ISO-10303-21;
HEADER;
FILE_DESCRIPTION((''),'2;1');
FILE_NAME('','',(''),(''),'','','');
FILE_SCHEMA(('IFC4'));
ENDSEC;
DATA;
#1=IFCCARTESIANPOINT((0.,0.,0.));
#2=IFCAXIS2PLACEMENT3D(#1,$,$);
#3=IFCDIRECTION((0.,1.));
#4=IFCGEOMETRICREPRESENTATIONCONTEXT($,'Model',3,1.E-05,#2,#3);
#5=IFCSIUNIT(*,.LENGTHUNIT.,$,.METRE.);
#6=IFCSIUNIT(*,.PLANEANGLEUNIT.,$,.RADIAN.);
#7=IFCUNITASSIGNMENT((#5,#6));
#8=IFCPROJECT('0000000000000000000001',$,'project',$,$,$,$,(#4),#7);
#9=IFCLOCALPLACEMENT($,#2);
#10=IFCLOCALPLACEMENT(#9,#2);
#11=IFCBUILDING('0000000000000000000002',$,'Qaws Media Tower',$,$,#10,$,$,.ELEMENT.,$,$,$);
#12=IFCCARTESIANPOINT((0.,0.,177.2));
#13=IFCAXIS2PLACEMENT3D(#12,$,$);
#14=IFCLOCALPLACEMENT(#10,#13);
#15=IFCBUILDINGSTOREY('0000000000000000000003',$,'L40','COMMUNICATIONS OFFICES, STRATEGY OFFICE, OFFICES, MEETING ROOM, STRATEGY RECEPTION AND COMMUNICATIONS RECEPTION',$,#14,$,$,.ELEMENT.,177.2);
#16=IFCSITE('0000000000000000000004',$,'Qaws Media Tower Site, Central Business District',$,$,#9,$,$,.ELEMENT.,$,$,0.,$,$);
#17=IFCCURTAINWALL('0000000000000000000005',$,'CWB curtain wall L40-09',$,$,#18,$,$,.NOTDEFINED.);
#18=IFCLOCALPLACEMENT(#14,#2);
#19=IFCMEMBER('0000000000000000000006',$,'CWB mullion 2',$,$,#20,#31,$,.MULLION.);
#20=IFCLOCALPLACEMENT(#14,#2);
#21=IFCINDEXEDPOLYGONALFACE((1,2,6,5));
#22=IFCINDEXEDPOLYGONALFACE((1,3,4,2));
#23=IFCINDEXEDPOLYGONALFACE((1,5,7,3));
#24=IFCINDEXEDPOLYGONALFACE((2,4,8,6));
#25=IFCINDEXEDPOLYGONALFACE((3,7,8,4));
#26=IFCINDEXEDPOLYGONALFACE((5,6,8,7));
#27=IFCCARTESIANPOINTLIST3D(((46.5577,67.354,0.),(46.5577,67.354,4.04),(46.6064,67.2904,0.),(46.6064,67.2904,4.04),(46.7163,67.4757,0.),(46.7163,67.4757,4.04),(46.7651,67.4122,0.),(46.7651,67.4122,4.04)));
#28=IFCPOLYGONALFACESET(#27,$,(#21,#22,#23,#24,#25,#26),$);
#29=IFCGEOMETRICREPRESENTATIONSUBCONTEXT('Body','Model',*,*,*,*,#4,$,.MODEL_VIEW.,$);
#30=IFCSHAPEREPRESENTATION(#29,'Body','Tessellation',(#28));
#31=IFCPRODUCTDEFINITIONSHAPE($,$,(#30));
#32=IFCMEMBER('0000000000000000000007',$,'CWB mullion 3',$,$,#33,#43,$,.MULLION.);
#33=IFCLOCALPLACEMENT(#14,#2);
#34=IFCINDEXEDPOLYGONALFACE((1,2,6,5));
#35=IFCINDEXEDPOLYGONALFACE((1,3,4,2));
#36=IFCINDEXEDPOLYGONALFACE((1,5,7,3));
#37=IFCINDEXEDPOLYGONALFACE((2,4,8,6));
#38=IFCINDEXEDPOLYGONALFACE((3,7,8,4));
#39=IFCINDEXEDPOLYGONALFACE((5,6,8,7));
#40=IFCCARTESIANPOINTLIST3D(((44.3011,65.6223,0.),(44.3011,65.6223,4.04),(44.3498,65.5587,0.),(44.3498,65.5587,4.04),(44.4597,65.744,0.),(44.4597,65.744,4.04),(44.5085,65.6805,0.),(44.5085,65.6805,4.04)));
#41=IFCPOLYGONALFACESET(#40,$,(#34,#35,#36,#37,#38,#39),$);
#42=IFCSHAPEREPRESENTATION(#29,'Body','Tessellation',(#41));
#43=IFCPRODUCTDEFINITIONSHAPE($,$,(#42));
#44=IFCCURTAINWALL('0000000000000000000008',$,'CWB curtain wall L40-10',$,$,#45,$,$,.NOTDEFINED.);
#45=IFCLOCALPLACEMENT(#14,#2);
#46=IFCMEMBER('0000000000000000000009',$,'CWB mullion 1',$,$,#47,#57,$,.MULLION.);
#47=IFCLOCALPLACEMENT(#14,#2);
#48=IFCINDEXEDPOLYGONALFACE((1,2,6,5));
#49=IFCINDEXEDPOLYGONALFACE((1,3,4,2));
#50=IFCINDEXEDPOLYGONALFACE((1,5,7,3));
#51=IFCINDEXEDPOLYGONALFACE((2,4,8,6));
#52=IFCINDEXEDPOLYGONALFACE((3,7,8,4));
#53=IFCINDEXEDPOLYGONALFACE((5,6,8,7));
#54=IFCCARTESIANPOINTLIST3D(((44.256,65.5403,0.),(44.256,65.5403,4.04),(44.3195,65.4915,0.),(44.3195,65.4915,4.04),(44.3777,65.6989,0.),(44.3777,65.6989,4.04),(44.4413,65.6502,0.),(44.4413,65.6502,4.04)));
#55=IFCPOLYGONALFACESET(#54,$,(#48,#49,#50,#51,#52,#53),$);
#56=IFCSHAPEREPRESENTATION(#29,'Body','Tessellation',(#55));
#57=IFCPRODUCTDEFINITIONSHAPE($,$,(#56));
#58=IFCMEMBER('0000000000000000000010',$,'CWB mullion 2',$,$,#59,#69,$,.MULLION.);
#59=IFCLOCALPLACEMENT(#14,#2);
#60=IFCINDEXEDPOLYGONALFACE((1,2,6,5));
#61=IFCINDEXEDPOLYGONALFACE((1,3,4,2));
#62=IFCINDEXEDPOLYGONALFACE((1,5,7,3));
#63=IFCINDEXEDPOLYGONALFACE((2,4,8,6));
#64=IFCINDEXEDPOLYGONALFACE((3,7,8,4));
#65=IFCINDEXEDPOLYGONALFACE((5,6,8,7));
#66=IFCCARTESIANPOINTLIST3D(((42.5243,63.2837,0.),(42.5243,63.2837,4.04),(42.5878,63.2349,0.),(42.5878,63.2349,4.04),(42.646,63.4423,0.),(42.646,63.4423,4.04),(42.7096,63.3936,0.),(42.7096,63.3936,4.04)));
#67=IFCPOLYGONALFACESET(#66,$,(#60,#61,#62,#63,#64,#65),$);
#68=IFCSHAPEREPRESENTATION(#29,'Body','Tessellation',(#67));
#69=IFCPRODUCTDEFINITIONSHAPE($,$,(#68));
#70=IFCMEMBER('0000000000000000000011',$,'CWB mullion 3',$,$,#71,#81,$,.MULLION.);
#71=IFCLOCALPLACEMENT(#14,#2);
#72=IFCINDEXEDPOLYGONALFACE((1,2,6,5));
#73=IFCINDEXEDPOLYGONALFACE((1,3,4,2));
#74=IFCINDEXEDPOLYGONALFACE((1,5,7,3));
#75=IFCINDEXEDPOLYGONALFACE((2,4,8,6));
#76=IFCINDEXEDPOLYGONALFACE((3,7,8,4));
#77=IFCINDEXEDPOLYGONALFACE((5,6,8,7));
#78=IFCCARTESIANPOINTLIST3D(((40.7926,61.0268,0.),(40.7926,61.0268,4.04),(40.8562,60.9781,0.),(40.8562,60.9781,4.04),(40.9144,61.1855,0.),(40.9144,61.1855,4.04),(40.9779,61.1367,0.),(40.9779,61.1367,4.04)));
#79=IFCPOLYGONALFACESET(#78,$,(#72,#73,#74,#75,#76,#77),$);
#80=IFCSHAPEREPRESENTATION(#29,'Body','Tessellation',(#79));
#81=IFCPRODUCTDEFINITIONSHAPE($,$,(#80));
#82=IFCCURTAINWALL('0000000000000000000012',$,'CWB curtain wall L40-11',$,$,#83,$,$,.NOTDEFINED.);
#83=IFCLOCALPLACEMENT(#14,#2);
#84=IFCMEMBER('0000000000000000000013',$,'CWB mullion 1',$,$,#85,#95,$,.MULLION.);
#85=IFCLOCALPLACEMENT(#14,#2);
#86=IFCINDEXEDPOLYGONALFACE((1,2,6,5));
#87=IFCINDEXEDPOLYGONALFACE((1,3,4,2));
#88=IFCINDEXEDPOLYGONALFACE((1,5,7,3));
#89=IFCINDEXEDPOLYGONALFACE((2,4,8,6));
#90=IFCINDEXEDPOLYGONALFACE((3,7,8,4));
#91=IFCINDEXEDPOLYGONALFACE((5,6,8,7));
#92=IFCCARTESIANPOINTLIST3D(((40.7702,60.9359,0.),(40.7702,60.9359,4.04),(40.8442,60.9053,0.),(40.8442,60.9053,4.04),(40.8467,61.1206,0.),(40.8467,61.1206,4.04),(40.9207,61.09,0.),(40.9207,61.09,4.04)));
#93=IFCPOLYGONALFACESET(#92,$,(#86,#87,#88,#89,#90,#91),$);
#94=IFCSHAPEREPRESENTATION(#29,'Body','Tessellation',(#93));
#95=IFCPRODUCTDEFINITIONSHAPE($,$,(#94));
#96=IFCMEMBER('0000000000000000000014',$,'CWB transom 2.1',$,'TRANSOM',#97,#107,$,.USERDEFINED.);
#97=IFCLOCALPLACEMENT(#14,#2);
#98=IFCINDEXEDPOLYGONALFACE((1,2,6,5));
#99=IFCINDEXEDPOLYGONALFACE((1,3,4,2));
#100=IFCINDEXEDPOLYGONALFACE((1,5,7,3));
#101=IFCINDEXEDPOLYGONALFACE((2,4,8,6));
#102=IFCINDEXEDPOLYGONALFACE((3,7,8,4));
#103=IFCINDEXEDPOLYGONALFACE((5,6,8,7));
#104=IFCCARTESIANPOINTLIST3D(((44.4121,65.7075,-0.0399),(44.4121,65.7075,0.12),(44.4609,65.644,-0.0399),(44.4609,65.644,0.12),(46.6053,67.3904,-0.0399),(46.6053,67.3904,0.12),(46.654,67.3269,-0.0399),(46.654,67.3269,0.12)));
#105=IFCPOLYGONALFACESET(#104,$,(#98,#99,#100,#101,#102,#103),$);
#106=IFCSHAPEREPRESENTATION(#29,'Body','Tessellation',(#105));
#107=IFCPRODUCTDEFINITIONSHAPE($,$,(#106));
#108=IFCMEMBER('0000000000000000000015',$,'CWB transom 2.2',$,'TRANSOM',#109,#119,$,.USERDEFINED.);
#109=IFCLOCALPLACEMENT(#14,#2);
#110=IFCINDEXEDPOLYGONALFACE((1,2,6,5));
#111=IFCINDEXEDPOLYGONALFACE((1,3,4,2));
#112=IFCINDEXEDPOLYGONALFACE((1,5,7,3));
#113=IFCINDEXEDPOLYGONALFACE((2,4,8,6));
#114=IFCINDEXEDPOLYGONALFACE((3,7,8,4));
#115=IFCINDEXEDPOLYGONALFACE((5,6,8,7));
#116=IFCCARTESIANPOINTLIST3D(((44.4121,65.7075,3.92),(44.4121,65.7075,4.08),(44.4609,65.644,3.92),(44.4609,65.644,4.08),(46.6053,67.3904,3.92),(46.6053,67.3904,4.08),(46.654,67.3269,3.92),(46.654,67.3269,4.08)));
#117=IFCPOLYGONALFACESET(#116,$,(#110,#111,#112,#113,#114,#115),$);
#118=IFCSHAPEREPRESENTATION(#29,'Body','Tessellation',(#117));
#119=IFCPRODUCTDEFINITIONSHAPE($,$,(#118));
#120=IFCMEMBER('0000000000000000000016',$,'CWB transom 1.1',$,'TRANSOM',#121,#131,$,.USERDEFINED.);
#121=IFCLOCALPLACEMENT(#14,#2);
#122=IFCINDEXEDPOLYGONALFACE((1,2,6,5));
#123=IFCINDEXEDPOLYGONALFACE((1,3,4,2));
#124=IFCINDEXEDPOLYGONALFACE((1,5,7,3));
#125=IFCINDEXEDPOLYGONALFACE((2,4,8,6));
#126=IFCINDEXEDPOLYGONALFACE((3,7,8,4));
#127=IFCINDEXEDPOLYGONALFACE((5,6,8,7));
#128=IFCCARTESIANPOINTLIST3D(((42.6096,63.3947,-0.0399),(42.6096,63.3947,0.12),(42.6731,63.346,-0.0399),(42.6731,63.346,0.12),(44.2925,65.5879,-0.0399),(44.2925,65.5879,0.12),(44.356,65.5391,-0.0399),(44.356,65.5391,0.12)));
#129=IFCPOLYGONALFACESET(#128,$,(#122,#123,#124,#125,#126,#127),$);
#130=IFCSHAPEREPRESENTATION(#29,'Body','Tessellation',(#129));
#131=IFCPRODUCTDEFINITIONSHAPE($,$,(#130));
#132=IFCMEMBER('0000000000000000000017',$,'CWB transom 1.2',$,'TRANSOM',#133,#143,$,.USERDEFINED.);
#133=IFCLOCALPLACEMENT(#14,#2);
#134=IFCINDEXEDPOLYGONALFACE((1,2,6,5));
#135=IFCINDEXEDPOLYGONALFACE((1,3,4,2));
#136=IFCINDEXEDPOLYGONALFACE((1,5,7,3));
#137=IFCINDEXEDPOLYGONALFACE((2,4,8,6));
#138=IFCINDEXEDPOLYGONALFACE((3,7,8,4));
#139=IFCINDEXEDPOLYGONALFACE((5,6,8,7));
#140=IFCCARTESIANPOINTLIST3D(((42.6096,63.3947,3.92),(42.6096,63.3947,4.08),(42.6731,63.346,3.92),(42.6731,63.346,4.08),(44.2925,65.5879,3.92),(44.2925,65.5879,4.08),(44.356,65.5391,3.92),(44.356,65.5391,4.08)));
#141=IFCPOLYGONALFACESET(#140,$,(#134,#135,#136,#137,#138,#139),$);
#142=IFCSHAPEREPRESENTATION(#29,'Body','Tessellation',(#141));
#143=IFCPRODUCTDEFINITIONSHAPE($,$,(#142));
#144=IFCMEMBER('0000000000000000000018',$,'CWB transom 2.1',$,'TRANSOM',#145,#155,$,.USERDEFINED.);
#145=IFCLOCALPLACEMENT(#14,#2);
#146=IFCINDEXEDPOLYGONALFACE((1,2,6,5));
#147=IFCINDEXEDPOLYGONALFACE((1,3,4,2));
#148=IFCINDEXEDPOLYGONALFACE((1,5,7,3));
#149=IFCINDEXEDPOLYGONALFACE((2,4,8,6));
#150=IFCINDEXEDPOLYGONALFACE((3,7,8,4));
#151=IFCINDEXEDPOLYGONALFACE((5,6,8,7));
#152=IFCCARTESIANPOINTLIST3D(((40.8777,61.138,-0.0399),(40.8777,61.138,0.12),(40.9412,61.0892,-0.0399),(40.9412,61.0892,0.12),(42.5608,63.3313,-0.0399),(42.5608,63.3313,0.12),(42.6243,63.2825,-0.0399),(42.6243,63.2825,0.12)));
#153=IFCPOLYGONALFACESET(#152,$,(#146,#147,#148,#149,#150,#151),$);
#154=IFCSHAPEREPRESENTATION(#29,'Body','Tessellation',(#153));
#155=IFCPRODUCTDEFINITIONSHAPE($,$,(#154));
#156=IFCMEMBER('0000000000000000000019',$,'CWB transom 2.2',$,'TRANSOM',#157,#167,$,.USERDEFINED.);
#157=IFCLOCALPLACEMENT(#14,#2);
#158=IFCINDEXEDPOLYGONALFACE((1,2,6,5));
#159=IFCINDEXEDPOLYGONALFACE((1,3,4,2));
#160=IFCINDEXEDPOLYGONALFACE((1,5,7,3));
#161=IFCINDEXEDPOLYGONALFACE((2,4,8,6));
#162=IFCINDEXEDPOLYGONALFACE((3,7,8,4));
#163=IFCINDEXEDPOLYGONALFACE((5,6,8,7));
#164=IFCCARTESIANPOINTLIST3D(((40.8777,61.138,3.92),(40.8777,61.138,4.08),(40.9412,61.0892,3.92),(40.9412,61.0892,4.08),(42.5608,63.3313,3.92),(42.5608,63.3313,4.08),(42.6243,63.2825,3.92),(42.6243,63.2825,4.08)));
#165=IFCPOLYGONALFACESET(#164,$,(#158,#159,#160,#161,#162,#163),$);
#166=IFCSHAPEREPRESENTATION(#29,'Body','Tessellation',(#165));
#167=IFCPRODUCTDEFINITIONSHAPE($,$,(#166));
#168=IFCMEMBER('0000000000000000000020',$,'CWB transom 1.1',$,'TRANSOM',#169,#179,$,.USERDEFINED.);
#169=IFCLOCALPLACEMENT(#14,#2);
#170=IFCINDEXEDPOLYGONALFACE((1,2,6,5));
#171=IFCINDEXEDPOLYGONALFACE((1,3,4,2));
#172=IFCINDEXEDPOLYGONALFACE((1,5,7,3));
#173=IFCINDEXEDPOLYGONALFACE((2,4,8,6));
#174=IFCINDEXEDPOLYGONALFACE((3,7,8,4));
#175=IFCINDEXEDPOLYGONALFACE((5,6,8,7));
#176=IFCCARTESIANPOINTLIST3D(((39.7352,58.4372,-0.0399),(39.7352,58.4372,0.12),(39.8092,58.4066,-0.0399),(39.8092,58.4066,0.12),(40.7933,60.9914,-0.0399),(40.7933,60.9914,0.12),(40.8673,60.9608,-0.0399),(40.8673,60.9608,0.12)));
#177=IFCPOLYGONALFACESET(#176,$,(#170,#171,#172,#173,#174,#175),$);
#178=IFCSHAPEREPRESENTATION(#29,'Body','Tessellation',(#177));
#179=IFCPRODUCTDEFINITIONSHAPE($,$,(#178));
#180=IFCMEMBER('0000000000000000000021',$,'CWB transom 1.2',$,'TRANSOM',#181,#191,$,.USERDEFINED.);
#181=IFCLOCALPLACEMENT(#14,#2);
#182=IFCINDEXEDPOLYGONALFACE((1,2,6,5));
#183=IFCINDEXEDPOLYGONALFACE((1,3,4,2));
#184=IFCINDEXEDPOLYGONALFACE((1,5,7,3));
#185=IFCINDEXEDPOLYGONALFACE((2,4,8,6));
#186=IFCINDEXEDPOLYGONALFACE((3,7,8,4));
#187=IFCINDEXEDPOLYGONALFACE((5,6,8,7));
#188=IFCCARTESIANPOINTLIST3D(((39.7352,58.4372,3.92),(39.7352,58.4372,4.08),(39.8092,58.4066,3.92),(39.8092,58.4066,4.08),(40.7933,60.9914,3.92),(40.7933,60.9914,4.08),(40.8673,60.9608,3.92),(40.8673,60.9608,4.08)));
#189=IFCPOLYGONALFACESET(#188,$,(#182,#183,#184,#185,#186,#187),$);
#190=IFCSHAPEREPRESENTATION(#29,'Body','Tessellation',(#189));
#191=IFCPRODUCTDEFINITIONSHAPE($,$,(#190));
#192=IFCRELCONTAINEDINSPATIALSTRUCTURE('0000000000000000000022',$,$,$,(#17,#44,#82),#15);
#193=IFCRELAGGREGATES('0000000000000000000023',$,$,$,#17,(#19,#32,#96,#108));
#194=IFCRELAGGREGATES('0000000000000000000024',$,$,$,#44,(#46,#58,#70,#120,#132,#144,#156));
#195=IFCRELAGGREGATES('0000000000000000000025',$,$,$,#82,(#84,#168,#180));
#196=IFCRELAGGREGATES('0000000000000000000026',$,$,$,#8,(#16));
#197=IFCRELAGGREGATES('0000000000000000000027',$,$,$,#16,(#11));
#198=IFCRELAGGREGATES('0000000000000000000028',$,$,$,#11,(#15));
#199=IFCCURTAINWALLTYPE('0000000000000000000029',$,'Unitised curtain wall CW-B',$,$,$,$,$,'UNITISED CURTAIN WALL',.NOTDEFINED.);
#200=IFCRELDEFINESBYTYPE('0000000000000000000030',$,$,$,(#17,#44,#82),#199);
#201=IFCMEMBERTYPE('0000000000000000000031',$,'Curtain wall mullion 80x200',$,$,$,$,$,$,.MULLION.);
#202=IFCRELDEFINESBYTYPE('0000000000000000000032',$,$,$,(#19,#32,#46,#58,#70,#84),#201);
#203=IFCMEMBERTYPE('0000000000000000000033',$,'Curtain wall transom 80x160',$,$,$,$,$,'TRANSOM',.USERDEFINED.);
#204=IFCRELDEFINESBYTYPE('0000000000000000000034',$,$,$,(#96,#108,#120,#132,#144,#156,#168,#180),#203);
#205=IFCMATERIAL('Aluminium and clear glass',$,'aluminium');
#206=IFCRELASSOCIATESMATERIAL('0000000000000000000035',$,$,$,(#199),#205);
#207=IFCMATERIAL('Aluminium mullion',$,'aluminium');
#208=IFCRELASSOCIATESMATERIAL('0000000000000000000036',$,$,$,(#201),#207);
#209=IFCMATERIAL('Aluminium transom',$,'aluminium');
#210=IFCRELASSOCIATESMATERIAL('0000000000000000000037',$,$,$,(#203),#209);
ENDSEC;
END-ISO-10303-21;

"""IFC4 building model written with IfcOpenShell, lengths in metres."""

from ifc_helpers import new_model, si_unit, direction, frame, origin, origin_2d, place, context, subcontext, project, spatial, rectangle, extrude, material, material_profile, profile_set, type_object, element, aggregate, save


model = new_model("IFC4")

# Units and contexts
model_context = context("Model", 3, precision=1e-05, world=origin(), true_north=direction((0.0, 1.0)))
body_context = subcontext(model_context, "Body", "Model", "MODEL_VIEW")
ifc_project = project(units=[si_unit("LENGTHUNIT", "METRE"), si_unit("PLANEANGLEUNIT", "RADIAN")], contexts=[model_context])

# Site, building, storey
site_placement = place(None, origin())
site = spatial("IfcSite", under=ifc_project, at=site_placement, Name="Qaws Media Tower Site, Central Business District", CompositionType="ELEMENT", RefElevation=0.0)
building_placement = place(site_placement, origin())
building = spatial("IfcBuilding", under=site, at=building_placement, Name="Qaws Media Tower", CompositionType="ELEMENT")
storey_placement = place(building_placement, frame((0.0, 0.0, 177.2)))
storey = spatial("IfcBuildingStorey", under=building, at=storey_placement, Name="L40", Description="COMMUNICATIONS OFFICES, STRATEGY OFFICE, OFFICES, MEETING ROOM, STRATEGY RECEPTION AND COMMUNICATIONS RECEPTION", CompositionType="ELEMENT", Elevation=177.2)

# Curtain walls, members
ifc_material_1 = material(Name="Aluminium and clear glass", Category="aluminium")
curtain_wall_type = type_object("IfcCurtainWallType", Name="Unitised curtain wall CW-B", ElementType="UNITISED CURTAIN WALL", PredefinedType="NOTDEFINED", material=ifc_material_1)
curtain_wall_1_placement = place(storey_placement, origin())
curtain_wall_1 = element("IfcCurtainWall", 1, at=curtain_wall_1_placement, inside=storey, type_object=curtain_wall_type, Name="CWB curtain wall L40-09", PredefinedType="NOTDEFINED")
ifc_material_2 = material(Name="Aluminium mullion", Category="aluminium")
ifc_material_profile_1 = material_profile(ifc_material_2, rectangle(XDim=0.0801, YDim=0.2, at=origin_2d()), Name="80x200")
ifc_profile_set_1 = profile_set([ifc_material_profile_1], Name="Aluminium mullion")
member_type_1 = type_object("IfcMemberType", Name="Curtain wall mullion 80x200", PredefinedType="MULLION", material=ifc_profile_set_1)
member_1_placement = place(storey_placement, frame((46.6614, 67.3831, 0.0), z_axis=(0.0, 0.0, 1.0), x_axis=(0.608761, -0.793353, 0.0)))
member_1 = element("IfcMember", 2, at=member_1_placement, type_object=member_type_1, Name="CWB mullion 2", PredefinedType="MULLION", context=body_context, shape_type="SweptSolid", body=[
    extrude(rectangle(XDim=0.0801, YDim=0.2, at=origin_2d()), origin(), (0.0, 0.0, 1.0), 4.04),
])
member_2_placement = place(storey_placement, frame((44.4048, 65.6514, 0.0), z_axis=(0.0, 0.0, 1.0), x_axis=(0.608761, -0.793353, 0.0)))
member_2 = element("IfcMember", 3, at=member_2_placement, type_object=member_type_1, Name="CWB mullion 3", PredefinedType="MULLION", context=body_context, shape_type="SweptSolid", body=[
    extrude(rectangle(XDim=0.0801, YDim=0.2, at=origin_2d()), origin(), (0.0, 0.0, 1.0), 4.04),
])
curtain_wall_2_placement = place(storey_placement, origin())
curtain_wall_2 = element("IfcCurtainWall", 4, at=curtain_wall_2_placement, inside=storey, type_object=curtain_wall_type, Name="CWB curtain wall L40-10", PredefinedType="NOTDEFINED")
member_3_placement = place(storey_placement, frame((44.3486, 65.5952, 0.0), z_axis=(0.0, 0.0, 1.0), x_axis=(0.793353, -0.608761, 0.0)))
member_3 = element("IfcMember", 5, at=member_3_placement, type_object=member_type_1, Name="CWB mullion 1", PredefinedType="MULLION", context=body_context, shape_type="SweptSolid", body=[
    extrude(rectangle(XDim=0.0801, YDim=0.2, at=origin_2d()), origin(), (0.0, 0.0, 1.0), 4.04),
])
member_4_placement = place(storey_placement, frame((42.6169, 63.3386, 0.0), z_axis=(0.0, 0.0, 1.0), x_axis=(0.793353, -0.608761, 0.0)))
member_4 = element("IfcMember", 6, at=member_4_placement, type_object=member_type_1, Name="CWB mullion 2", PredefinedType="MULLION", context=body_context, shape_type="SweptSolid", body=[
    extrude(rectangle(XDim=0.0801, YDim=0.2, at=origin_2d()), origin(), (0.0, 0.0, 1.0), 4.04),
])
member_5_placement = place(storey_placement, frame((40.8853, 61.0818, 0.0), z_axis=(0.0, 0.0, 1.0), x_axis=(0.793353, -0.608761, 0.0)))
member_5 = element("IfcMember", 7, at=member_5_placement, type_object=member_type_1, Name="CWB mullion 3", PredefinedType="MULLION", context=body_context, shape_type="SweptSolid", body=[
    extrude(rectangle(XDim=0.0801, YDim=0.2, at=origin_2d()), origin(), (0.0, 0.0, 1.0), 4.04),
])

# Curtain wall, member
curtain_wall_3_placement = place(storey_placement, origin())
curtain_wall_3 = element("IfcCurtainWall", 8, at=curtain_wall_3_placement, inside=storey, type_object=curtain_wall_type, Name="CWB curtain wall L40-11", PredefinedType="NOTDEFINED")
member_6_placement = place(storey_placement, frame((40.8455, 61.0129, 0.0), z_axis=(0.0, 0.0, 1.0), x_axis=(0.923879, -0.382684, 0.0)))
member_6 = element("IfcMember", 9, at=member_6_placement, type_object=member_type_1, Name="CWB mullion 1", PredefinedType="MULLION", context=body_context, shape_type="SweptSolid", body=[
    extrude(rectangle(XDim=0.0801, YDim=0.2, at=origin_2d()), origin(), (0.0, 0.0, 1.0), 4.04),
])

# Members
ifc_material_3 = material(Name="Aluminium transom", Category="aluminium")
ifc_material_profile_2 = material_profile(ifc_material_3, rectangle(XDim=0.0801, YDim=0.1599, at=origin_2d()), Name="80x160")
ifc_profile_set_2 = profile_set([ifc_material_profile_2], Name="Aluminium transom")
member_type_2 = type_object("IfcMemberType", Name="Curtain wall transom 80x160", ElementType="TRANSOM", PredefinedType="USERDEFINED", material=ifc_profile_set_2)
member_7_placement = place(storey_placement, frame((46.6296, 67.3586, 0.04), z_axis=(-0.793349, -0.608767, 0.0), x_axis=(0.608767, -0.793349, 0.0)))
member_7 = element("IfcMember", 10, at=member_7_placement, type_object=member_type_2, Name="CWB transom 2.1", ObjectType="TRANSOM", PredefinedType="USERDEFINED", context=body_context, shape_type="SweptSolid", body=[
    extrude(rectangle(XDim=0.0801, YDim=0.1599, at=origin_2d()), origin(), (0.0, 0.0, 1.0), 2.7644),
])
member_8_placement = place(storey_placement, frame((46.6296, 67.3586, 4.0), z_axis=(-0.793349, -0.608767, 0.0), x_axis=(0.608767, -0.793349, 0.0)))
member_8 = element("IfcMember", 11, at=member_8_placement, type_object=member_type_2, Name="CWB transom 2.2", ObjectType="TRANSOM", PredefinedType="USERDEFINED", context=body_context, shape_type="SweptSolid", body=[
    extrude(rectangle(XDim=0.0801, YDim=0.1599, at=origin_2d()), origin(), (0.0, 0.0, 1.0), 2.7644),
])
member_9_placement = place(storey_placement, frame((44.3242, 65.5635, 0.04), z_axis=(-0.608767, -0.793349, 0.0), x_axis=(0.793349, -0.608767, 0.0)))
member_9 = element("IfcMember", 12, at=member_9_placement, type_object=member_type_2, Name="CWB transom 1.1", ObjectType="TRANSOM", PredefinedType="USERDEFINED", context=body_context, shape_type="SweptSolid", body=[
    extrude(rectangle(XDim=0.0801, YDim=0.1599, at=origin_2d()), origin(), (0.0, 0.0, 1.0), 2.7644),
])
member_10_placement = place(storey_placement, frame((44.3242, 65.5635, 4.0), z_axis=(-0.608767, -0.793349, 0.0), x_axis=(0.793349, -0.608767, 0.0)))
member_10 = element("IfcMember", 13, at=member_10_placement, type_object=member_type_2, Name="CWB transom 1.2", ObjectType="TRANSOM", PredefinedType="USERDEFINED", context=body_context, shape_type="SweptSolid", body=[
    extrude(rectangle(XDim=0.0801, YDim=0.1599, at=origin_2d()), origin(), (0.0, 0.0, 1.0), 2.7644),
])
member_11_placement = place(storey_placement, frame((42.5925, 63.3069, 0.04), z_axis=(-0.60878, -0.793339, 0.0), x_axis=(0.793339, -0.60878, 0.0)))
member_11 = element("IfcMember", 14, at=member_11_placement, type_object=member_type_2, Name="CWB transom 2.1", ObjectType="TRANSOM", PredefinedType="USERDEFINED", context=body_context, shape_type="SweptSolid", body=[
    extrude(rectangle(XDim=0.0801, YDim=0.1599, at=origin_2d()), origin(), (0.0, 0.0, 1.0), 2.7646),
])
member_12_placement = place(storey_placement, frame((42.5925, 63.3069, 4.0), z_axis=(-0.60878, -0.793339, 0.0), x_axis=(0.793339, -0.60878, 0.0)))
member_12 = element("IfcMember", 15, at=member_12_placement, type_object=member_type_2, Name="CWB transom 2.2", ObjectType="TRANSOM", PredefinedType="USERDEFINED", context=body_context, shape_type="SweptSolid", body=[
    extrude(rectangle(XDim=0.0801, YDim=0.1599, at=origin_2d()), origin(), (0.0, 0.0, 1.0), 2.7646),
])
member_13_placement = place(storey_placement, frame((40.8303, 60.9761, 0.04), z_axis=(-0.382721, -0.923864, 0.0), x_axis=(0.923864, -0.382721, 0.0)))
member_13 = element("IfcMember", 16, at=member_13_placement, type_object=member_type_2, Name="CWB transom 1.1", ObjectType="TRANSOM", PredefinedType="USERDEFINED", context=body_context, shape_type="SweptSolid", body=[
    extrude(rectangle(XDim=0.0801, YDim=0.1599, at=origin_2d()), origin(), (0.0, 0.0, 1.0), 2.7646),
])
member_14_placement = place(storey_placement, frame((40.8303, 60.9761, 4.0), z_axis=(-0.382721, -0.923864, 0.0), x_axis=(0.923864, -0.382721, 0.0)))
member_14 = element("IfcMember", 17, at=member_14_placement, type_object=member_type_2, Name="CWB transom 1.2", ObjectType="TRANSOM", PredefinedType="USERDEFINED", context=body_context, shape_type="SweptSolid", body=[
    extrude(rectangle(XDim=0.0801, YDim=0.1599, at=origin_2d()), origin(), (0.0, 0.0, 1.0), 2.7646),
])

aggregate(curtain_wall_1, [member_1, member_2, member_7, member_8])
aggregate(curtain_wall_2, [member_3, member_4, member_5, member_9, member_10, member_11, member_12])
aggregate(curtain_wall_3, [member_6, member_13, member_14])

save(model, "model.ifc")
